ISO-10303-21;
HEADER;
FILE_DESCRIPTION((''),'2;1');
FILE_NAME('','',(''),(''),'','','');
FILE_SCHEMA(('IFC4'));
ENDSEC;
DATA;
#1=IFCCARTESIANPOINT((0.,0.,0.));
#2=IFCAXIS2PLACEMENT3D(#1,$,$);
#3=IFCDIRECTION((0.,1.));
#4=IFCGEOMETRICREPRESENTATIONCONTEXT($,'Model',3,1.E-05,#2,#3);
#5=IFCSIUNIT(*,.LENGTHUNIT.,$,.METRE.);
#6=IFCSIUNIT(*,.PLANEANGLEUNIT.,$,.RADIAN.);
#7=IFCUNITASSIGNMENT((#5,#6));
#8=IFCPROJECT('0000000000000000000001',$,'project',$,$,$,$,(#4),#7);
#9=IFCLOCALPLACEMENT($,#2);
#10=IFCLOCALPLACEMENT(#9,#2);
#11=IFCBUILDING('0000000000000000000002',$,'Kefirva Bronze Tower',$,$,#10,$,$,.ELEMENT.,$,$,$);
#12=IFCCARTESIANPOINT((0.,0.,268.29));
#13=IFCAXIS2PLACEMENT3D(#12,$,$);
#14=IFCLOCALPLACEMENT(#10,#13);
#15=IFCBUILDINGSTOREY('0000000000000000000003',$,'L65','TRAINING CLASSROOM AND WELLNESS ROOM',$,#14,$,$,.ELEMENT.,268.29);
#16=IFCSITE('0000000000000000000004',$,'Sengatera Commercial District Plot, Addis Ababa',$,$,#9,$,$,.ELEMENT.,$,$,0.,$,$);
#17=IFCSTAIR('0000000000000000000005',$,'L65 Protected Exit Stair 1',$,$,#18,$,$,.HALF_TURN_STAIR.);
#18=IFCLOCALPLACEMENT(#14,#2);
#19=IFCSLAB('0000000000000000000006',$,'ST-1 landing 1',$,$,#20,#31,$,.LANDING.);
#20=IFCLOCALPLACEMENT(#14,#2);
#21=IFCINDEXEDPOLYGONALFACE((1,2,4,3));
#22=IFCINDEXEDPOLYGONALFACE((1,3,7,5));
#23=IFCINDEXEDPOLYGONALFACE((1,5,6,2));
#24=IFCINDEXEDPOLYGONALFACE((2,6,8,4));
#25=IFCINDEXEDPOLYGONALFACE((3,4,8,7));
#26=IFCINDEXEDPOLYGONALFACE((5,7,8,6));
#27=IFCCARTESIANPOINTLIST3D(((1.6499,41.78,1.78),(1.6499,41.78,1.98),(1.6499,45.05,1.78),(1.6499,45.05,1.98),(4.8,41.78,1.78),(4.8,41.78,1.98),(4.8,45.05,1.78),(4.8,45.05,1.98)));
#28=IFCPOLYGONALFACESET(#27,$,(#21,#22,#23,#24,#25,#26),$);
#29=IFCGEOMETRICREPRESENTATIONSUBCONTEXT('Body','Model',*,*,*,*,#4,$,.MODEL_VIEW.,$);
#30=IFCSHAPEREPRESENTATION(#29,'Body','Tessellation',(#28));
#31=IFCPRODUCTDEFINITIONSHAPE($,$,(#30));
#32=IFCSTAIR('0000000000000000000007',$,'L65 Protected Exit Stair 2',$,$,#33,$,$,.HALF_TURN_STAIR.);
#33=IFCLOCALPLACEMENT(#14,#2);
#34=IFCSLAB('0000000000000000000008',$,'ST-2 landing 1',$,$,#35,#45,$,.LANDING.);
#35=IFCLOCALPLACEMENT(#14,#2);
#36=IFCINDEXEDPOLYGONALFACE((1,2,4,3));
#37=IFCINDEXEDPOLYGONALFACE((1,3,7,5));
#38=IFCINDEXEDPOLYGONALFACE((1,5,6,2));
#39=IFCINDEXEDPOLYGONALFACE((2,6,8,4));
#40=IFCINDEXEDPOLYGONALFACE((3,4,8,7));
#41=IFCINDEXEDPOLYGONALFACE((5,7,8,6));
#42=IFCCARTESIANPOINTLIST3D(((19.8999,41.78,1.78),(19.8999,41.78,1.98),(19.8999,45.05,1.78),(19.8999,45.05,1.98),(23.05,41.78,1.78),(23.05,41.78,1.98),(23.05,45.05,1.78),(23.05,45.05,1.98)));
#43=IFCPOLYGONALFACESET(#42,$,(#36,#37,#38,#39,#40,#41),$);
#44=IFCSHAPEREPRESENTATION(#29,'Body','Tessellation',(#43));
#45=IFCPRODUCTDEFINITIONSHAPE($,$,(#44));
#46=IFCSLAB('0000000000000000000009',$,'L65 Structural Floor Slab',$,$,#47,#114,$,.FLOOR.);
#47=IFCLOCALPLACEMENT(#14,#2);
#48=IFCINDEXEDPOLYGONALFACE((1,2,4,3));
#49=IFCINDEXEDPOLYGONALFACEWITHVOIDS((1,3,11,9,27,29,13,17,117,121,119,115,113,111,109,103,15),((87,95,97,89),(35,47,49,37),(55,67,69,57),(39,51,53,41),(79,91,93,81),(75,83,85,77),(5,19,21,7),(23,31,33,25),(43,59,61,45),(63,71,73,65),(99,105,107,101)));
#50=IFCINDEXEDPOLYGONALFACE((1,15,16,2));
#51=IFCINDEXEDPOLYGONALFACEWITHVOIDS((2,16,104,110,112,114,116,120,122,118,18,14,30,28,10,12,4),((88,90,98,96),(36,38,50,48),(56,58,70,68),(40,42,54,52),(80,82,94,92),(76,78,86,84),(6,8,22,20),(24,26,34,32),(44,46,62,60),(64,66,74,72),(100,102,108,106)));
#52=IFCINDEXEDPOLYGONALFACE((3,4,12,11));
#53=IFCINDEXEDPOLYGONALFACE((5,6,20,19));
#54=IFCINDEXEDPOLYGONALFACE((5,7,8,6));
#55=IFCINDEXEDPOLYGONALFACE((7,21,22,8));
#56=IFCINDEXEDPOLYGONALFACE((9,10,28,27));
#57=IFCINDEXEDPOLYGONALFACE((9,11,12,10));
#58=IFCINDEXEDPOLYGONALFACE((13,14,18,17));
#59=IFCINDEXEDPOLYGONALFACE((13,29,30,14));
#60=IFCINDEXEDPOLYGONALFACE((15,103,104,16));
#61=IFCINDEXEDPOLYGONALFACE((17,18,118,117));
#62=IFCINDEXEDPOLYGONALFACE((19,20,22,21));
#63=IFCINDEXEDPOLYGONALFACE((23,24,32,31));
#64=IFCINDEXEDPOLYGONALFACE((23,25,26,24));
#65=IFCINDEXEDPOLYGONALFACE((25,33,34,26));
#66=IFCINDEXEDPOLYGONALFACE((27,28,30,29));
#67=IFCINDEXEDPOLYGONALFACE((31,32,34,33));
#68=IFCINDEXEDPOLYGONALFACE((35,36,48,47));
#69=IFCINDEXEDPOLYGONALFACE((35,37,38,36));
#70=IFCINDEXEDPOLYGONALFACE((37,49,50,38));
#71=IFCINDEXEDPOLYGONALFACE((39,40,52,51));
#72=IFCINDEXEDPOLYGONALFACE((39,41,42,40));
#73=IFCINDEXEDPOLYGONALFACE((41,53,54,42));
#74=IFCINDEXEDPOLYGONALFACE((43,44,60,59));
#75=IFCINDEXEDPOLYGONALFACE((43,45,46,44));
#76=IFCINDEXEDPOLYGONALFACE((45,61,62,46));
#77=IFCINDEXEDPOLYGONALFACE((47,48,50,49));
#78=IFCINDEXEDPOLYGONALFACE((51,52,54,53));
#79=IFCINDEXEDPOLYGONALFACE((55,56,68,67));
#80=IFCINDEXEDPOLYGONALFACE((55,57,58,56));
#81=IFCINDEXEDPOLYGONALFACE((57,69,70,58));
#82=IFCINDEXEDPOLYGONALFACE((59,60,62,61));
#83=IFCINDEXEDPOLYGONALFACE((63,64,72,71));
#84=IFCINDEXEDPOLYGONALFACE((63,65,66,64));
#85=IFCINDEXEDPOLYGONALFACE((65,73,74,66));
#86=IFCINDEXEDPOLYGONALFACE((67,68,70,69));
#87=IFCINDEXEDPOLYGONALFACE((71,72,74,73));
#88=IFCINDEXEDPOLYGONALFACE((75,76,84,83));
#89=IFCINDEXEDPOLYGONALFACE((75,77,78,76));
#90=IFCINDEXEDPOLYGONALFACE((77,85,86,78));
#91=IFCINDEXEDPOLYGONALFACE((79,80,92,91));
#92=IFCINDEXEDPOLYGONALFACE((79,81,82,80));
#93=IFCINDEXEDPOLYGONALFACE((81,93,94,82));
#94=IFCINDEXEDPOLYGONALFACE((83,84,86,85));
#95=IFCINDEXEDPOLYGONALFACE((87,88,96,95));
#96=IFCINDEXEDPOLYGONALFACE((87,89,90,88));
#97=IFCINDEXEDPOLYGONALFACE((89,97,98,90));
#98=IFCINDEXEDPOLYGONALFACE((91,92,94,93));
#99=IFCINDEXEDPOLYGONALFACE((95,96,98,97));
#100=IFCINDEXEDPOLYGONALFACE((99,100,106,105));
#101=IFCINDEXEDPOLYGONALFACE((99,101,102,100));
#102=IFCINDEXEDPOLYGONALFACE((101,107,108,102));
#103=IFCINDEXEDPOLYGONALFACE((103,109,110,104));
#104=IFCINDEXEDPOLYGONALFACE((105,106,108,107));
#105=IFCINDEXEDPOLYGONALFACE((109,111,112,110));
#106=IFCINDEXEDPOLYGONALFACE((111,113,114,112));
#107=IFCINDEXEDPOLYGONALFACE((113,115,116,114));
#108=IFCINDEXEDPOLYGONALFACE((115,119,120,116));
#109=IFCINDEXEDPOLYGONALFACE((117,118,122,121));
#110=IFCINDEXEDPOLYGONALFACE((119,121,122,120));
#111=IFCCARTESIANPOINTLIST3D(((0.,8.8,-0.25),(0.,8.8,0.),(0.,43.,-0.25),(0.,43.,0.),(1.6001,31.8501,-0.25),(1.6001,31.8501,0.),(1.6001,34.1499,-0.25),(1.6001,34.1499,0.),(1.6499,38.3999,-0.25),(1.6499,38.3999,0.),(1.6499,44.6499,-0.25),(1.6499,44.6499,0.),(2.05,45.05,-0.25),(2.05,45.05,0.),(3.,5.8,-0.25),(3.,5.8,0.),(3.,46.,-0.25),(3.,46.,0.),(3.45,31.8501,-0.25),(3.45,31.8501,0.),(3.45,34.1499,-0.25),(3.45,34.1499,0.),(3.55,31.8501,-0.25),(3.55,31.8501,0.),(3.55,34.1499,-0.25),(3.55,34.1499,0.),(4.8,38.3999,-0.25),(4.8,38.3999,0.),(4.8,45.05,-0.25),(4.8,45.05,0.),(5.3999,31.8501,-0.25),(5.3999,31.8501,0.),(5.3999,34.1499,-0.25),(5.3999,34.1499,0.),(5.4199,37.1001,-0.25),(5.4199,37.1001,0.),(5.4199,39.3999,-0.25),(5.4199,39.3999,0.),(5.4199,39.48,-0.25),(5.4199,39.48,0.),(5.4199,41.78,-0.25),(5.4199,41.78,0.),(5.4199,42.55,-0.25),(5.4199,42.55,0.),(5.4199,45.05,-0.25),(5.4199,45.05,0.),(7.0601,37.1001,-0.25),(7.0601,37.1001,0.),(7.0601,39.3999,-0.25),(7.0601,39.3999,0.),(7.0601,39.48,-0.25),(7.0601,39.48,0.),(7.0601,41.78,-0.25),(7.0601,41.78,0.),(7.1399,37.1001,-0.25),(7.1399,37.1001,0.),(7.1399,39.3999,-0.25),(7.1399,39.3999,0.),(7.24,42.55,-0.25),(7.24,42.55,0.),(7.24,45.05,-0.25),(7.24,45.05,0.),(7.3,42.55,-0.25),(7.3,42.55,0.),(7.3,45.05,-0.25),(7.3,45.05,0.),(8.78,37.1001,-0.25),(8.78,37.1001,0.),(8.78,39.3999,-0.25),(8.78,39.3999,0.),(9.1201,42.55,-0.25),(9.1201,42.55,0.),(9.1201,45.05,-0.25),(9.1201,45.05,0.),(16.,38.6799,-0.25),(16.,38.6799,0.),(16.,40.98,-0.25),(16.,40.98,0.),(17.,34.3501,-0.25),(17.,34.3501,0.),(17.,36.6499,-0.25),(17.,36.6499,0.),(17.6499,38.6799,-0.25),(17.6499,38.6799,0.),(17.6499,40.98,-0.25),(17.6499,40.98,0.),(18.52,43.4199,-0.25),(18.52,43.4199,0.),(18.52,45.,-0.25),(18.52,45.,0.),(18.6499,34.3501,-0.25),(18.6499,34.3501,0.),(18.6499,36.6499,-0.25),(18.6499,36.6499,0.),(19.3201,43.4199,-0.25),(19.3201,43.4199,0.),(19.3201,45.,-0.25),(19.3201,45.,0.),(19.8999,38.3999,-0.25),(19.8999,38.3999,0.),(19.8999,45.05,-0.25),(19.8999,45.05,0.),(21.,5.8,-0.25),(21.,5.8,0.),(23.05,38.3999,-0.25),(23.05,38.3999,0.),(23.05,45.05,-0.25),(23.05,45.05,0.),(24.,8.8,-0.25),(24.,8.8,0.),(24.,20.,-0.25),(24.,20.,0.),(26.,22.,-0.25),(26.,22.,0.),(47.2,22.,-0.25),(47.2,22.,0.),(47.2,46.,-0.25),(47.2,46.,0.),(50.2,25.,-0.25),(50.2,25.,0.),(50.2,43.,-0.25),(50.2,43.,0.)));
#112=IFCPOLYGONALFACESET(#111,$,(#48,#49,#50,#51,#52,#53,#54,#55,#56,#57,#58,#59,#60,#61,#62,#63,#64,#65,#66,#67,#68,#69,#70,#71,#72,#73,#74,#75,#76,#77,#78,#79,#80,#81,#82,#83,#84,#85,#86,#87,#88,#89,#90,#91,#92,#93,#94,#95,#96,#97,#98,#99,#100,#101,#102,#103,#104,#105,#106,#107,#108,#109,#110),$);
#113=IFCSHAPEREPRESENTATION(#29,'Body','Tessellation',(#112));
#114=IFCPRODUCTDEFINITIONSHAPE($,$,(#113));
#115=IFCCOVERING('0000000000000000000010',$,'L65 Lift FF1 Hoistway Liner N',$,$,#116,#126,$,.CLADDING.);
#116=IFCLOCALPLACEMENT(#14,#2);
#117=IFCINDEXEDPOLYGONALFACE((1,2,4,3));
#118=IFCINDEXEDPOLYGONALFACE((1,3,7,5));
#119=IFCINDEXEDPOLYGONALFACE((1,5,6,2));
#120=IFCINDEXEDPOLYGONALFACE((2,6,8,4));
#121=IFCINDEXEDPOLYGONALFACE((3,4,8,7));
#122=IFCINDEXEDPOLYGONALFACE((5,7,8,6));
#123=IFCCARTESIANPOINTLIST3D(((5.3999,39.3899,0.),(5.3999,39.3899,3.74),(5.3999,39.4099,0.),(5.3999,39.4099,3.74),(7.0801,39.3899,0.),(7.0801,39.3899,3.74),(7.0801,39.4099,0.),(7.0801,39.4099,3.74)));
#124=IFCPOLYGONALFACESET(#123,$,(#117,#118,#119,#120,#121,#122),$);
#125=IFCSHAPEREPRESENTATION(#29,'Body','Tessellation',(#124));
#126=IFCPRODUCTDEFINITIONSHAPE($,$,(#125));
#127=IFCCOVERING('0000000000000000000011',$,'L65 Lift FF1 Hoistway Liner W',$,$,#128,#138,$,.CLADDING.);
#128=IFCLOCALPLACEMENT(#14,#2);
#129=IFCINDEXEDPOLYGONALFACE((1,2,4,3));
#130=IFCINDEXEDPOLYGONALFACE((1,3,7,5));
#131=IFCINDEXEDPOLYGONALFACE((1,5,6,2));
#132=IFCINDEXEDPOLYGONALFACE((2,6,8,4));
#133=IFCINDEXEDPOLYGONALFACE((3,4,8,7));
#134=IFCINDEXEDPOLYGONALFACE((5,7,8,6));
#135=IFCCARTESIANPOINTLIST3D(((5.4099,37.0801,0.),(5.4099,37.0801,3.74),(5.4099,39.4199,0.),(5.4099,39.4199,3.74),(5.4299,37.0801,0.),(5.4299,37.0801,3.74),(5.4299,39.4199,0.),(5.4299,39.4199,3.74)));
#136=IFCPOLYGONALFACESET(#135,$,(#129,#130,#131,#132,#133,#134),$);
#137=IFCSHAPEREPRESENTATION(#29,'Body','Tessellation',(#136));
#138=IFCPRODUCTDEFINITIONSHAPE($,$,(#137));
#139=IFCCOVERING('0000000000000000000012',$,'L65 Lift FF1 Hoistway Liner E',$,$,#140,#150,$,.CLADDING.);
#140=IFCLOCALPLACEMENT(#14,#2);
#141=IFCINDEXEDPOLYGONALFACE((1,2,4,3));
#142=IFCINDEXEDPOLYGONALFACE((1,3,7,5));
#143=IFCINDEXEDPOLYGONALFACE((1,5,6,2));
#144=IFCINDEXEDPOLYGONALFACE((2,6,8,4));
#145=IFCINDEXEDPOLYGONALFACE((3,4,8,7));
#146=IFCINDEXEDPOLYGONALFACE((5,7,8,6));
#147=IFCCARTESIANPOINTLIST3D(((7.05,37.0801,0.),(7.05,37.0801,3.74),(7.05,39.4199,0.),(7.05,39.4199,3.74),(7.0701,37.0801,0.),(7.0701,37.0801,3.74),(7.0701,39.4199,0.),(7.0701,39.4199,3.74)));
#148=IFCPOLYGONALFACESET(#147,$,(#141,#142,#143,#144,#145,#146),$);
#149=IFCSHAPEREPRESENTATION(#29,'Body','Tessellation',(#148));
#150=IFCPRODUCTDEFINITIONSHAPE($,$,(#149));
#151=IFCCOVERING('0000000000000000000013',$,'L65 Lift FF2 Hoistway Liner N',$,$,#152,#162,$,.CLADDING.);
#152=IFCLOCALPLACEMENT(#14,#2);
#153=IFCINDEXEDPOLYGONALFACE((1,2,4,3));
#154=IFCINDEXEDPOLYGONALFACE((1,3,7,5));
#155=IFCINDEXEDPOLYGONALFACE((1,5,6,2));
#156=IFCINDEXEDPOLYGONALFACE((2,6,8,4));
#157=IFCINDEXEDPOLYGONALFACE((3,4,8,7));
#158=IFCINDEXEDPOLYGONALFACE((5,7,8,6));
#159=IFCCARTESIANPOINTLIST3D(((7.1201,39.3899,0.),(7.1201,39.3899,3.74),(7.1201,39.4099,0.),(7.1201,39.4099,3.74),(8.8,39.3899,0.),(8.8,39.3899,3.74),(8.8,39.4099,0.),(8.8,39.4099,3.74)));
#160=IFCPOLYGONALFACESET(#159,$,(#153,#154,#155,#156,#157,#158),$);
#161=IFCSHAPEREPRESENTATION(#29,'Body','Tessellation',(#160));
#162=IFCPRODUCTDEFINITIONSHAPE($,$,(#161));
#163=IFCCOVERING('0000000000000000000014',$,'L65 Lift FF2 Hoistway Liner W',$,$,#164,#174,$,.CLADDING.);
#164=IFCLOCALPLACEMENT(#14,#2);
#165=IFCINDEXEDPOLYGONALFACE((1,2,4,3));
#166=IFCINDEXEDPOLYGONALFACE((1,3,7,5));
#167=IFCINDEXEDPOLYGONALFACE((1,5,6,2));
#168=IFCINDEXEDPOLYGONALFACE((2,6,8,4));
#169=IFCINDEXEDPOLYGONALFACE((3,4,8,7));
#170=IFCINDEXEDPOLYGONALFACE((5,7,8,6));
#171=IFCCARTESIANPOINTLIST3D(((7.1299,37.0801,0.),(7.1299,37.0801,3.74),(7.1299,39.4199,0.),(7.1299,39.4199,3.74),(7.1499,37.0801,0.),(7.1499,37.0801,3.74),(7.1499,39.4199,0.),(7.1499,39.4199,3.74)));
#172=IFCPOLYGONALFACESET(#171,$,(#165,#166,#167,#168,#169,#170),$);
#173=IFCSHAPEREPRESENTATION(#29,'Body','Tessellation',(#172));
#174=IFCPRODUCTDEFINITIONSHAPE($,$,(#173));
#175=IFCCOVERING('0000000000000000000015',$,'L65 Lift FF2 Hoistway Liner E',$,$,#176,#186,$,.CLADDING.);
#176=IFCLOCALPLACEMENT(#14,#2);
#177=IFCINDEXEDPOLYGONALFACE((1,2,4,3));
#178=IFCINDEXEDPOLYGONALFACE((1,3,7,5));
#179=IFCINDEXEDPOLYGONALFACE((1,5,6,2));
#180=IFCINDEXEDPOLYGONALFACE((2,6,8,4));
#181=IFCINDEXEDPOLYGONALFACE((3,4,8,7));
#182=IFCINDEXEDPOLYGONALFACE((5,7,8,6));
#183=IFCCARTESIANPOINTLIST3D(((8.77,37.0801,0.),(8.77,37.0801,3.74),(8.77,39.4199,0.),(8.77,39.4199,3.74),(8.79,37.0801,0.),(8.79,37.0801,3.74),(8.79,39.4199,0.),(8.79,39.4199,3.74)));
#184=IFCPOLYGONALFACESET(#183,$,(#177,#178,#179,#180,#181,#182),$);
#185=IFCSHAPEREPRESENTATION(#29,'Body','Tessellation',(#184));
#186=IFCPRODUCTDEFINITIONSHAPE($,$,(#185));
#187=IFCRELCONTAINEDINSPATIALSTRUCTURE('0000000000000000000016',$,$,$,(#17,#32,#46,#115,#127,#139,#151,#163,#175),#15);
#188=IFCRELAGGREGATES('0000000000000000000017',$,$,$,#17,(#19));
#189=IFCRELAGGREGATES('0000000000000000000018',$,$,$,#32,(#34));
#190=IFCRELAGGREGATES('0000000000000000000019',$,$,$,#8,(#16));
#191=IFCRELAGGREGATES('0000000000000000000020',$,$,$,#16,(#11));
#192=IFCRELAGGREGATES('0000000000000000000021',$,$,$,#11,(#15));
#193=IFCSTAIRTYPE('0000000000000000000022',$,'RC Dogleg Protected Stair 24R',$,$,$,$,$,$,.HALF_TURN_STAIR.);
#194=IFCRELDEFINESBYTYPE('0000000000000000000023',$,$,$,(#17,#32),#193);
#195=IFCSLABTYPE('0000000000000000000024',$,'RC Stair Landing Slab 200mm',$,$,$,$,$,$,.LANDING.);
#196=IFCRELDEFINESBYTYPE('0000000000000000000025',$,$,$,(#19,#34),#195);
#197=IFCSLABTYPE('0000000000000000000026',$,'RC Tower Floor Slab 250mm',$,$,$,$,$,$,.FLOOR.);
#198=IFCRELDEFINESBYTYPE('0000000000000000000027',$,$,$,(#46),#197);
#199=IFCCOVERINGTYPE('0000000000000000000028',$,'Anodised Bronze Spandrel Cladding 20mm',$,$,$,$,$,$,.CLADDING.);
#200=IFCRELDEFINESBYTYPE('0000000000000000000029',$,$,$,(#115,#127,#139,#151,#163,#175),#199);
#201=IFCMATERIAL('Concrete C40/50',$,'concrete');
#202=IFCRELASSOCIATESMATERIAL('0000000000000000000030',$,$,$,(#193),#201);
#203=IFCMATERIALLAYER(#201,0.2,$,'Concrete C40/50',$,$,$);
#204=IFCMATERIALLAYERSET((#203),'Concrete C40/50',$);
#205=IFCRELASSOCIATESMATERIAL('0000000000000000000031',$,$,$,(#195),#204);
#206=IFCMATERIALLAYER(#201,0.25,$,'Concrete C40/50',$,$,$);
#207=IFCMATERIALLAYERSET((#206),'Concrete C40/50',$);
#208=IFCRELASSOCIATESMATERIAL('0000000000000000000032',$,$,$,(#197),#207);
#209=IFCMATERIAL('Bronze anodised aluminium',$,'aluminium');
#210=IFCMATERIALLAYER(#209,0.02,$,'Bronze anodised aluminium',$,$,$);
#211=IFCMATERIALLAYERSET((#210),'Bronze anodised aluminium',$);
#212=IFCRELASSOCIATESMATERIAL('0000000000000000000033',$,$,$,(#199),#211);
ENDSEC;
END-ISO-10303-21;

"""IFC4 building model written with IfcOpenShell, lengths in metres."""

from ifc_helpers import new_model, si_unit, direction, frame, origin, place, context, subcontext, project, spatial, polyline, outline, extrude, material, layer, layer_set, type_object, element, aggregate, save


model = new_model("IFC4")

# Units and contexts
model_context = context("Model", 3, precision=1e-05, world=origin(), true_north=direction((0.0, 1.0)))
body_context = subcontext(model_context, "Body", "Model", "MODEL_VIEW")
ifc_project = project(units=[si_unit("LENGTHUNIT", "METRE"), si_unit("PLANEANGLEUNIT", "RADIAN")], contexts=[model_context])

# Site, building, storey
site_placement = place(None, origin())
site = spatial("IfcSite", under=ifc_project, at=site_placement, Name="Sengatera Commercial District Plot, Addis Ababa", CompositionType="ELEMENT", RefElevation=0.0)
building_placement = place(site_placement, origin())
building = spatial("IfcBuilding", under=site, at=building_placement, Name="Kefirva Bronze Tower", CompositionType="ELEMENT")
storey_placement = place(building_placement, frame((0.0, 0.0, 268.29)))
storey = spatial("IfcBuildingStorey", under=building, at=storey_placement, Name="L65", Description="TRAINING CLASSROOM AND WELLNESS ROOM", CompositionType="ELEMENT", Elevation=268.29)

# Stairs, slabs
ifc_material_1 = material(Name="Concrete C40/50", Category="concrete")
stair_type = type_object("IfcStairType", Name="RC Dogleg Protected Stair 24R", PredefinedType="HALF_TURN_STAIR", material=ifc_material_1)
stair_1_placement = place(storey_placement, origin())
stair_1 = element("IfcStair", 1, at=stair_1_placement, inside=storey, type_object=stair_type, Name="L65 Protected Exit Stair 1", PredefinedType="HALF_TURN_STAIR")
ifc_layer_1 = layer(ifc_material_1, 0.2, Name="Concrete C40/50")
ifc_layer_set_1 = layer_set([ifc_layer_1], Name="Concrete C40/50")
slab_type_1 = type_object("IfcSlabType", Name="RC Stair Landing Slab 200mm", PredefinedType="LANDING", material=ifc_layer_set_1)
slab_1_placement = place(storey_placement, frame((0.0, 0.0, 1.78)))
slab_1 = element("IfcSlab", 2, at=slab_1_placement, type_object=slab_type_1, Name="ST-1 landing 1", PredefinedType="LANDING", context=body_context, shape_type="SweptSolid", body=[
    extrude(outline(polyline([(4.8, 41.78), (4.8, 45.05), (1.6499, 45.05), (1.6499, 41.78), (4.8, 41.78)])), origin(), (0.0, 0.0, 1.0), 0.2),
])
aggregate(stair_1, [slab_1])
stair_2_placement = place(storey_placement, origin())
stair_2 = element("IfcStair", 3, at=stair_2_placement, inside=storey, type_object=stair_type, Name="L65 Protected Exit Stair 2", PredefinedType="HALF_TURN_STAIR")
slab_2_placement = place(storey_placement, frame((0.0, 0.0, 1.78)))
slab_2 = element("IfcSlab", 4, at=slab_2_placement, type_object=slab_type_1, Name="ST-2 landing 1", PredefinedType="LANDING", context=body_context, shape_type="SweptSolid", body=[
    extrude(outline(polyline([(23.05, 41.78), (23.05, 45.05), (19.8999, 45.05), (19.8999, 41.78), (23.05, 41.78)])), origin(), (0.0, 0.0, 1.0), 0.2),
])
aggregate(stair_2, [slab_2])

# Slab
ifc_layer_2 = layer(ifc_material_1, 0.25, Name="Concrete C40/50")
ifc_layer_set_2 = layer_set([ifc_layer_2], Name="Concrete C40/50")
slab_type_2 = type_object("IfcSlabType", Name="RC Tower Floor Slab 250mm", PredefinedType="FLOOR", material=ifc_layer_set_2)
slab_3_placement = place(storey_placement, frame((0.0, 0.0, -0.25)))
element("IfcSlab", 5, at=slab_3_placement, inside=storey, type_object=slab_type_2, Name="L65 Structural Floor Slab", PredefinedType="FLOOR", context=body_context, shape_type="SweptSolid", body=[
    extrude(outline(polyline([(0.0, 8.8), (0.0, 43.0), (1.6499, 44.6499), (1.6499, 38.3999), (4.8, 38.3999), (4.8, 45.05), (2.05, 45.05), (3.0, 46.0), (47.2, 46.0), (50.2, 43.0), (50.2, 25.0), (47.2, 22.0), (26.0, 22.0), (24.0, 20.0), (24.0, 8.8), (21.0, 5.8), (3.0, 5.8), (0.0, 8.8)]), holes=[polyline([(23.05, 45.05), (19.8999, 45.05), (19.8999, 38.3999), (23.05, 38.3999), (23.05, 45.05)]), polyline([(19.3201, 43.4199), (19.3201, 45.0), (18.52, 45.0), (18.52, 43.4199), (19.3201, 43.4199)]), polyline([(18.6499, 36.6499), (17.0, 36.6499), (17.0, 34.3501), (18.6499, 34.3501), (18.6499, 36.6499)]), polyline([(17.6499, 38.6799), (17.6499, 40.98), (16.0, 40.98), (16.0, 38.6799), (17.6499, 38.6799)]), polyline([(9.1201, 42.55), (9.1201, 45.05), (7.3, 45.05), (7.3, 42.55), (9.1201, 42.55)]), polyline([(8.78, 37.1001), (8.78, 39.3999), (7.1399, 39.3999), (7.1399, 37.1001), (8.78, 37.1001)]), polyline([(7.24, 42.55), (7.24, 45.05), (5.4199, 45.05), (5.4199, 42.55), (7.24, 42.55)]), polyline([(7.0601, 37.1001), (7.0601, 39.3999), (5.4199, 39.3999), (5.4199, 37.1001), (7.0601, 37.1001)]), polyline([(7.0601, 41.78), (5.4199, 41.78), (5.4199, 39.48), (7.0601, 39.48), (7.0601, 41.78)]), polyline([(5.3999, 31.8501), (5.3999, 34.1499), (3.55, 34.1499), (3.55, 31.8501), (5.3999, 31.8501)]), polyline([(3.45, 34.1499), (1.6001, 34.1499), (1.6001, 31.8501), (3.45, 31.8501), (3.45, 34.1499)])]), origin(), (0.0, 0.0, 1.0), 0.25),
])

# Coverings
ifc_material_2 = material(Name="Bronze anodised aluminium", Category="aluminium")
ifc_layer_3 = layer(ifc_material_2, 0.02, Name="Bronze anodised aluminium")
ifc_layer_set_3 = layer_set([ifc_layer_3], Name="Bronze anodised aluminium")
covering_type = type_object("IfcCoveringType", Name="Anodised Bronze Spandrel Cladding 20mm", PredefinedType="CLADDING", material=ifc_layer_set_3)
covering_1_placement = place(storey_placement, origin())
element("IfcCovering", 6, at=covering_1_placement, inside=storey, type_object=covering_type, Name="L65 Lift FF1 Hoistway Liner N", PredefinedType="CLADDING", context=body_context, shape_type="SweptSolid", body=[
    extrude(outline(polyline([(5.3999, 39.3899), (7.0801, 39.3899), (7.0801, 39.4099), (5.3999, 39.4099), (5.3999, 39.3899)])), origin(), (0.0, 0.0, 1.0), 3.74),
])
covering_2_placement = place(storey_placement, origin())
element("IfcCovering", 7, at=covering_2_placement, inside=storey, type_object=covering_type, Name="L65 Lift FF1 Hoistway Liner W", PredefinedType="CLADDING", context=body_context, shape_type="SweptSolid", body=[
    extrude(outline(polyline([(5.4099, 37.0801), (5.4299, 37.0801), (5.4299, 39.4199), (5.4099, 39.4199), (5.4099, 37.0801)])), origin(), (0.0, 0.0, 1.0), 3.74),
])
covering_3_placement = place(storey_placement, origin())
element("IfcCovering", 8, at=covering_3_placement, inside=storey, type_object=covering_type, Name="L65 Lift FF1 Hoistway Liner E", PredefinedType="CLADDING", context=body_context, shape_type="SweptSolid", body=[
    extrude(outline(polyline([(7.05, 37.0801), (7.0701, 37.0801), (7.0701, 39.4199), (7.05, 39.4199), (7.05, 37.0801)])), origin(), (0.0, 0.0, 1.0), 3.74),
])
covering_4_placement = place(storey_placement, origin())
element("IfcCovering", 9, at=covering_4_placement, inside=storey, type_object=covering_type, Name="L65 Lift FF2 Hoistway Liner N", PredefinedType="CLADDING", context=body_context, shape_type="SweptSolid", body=[
    extrude(outline(polyline([(7.1201, 39.3899), (8.8, 39.3899), (8.8, 39.4099), (7.1201, 39.4099), (7.1201, 39.3899)])), origin(), (0.0, 0.0, 1.0), 3.74),
])
covering_5_placement = place(storey_placement, origin())
element("IfcCovering", 10, at=covering_5_placement, inside=storey, type_object=covering_type, Name="L65 Lift FF2 Hoistway Liner W", PredefinedType="CLADDING", context=body_context, shape_type="SweptSolid", body=[
    extrude(outline(polyline([(7.1299, 37.0801), (7.1499, 37.0801), (7.1499, 39.4199), (7.1299, 39.4199), (7.1299, 37.0801)])), origin(), (0.0, 0.0, 1.0), 3.74),
])
covering_6_placement = place(storey_placement, origin())
element("IfcCovering", 11, at=covering_6_placement, inside=storey, type_object=covering_type, Name="L65 Lift FF2 Hoistway Liner E", PredefinedType="CLADDING", context=body_context, shape_type="SweptSolid", body=[
    extrude(outline(polyline([(8.77, 37.0801), (8.79, 37.0801), (8.79, 39.4199), (8.77, 39.4199), (8.77, 37.0801)])), origin(), (0.0, 0.0, 1.0), 3.74),
])

save(model, "model.ifc")
